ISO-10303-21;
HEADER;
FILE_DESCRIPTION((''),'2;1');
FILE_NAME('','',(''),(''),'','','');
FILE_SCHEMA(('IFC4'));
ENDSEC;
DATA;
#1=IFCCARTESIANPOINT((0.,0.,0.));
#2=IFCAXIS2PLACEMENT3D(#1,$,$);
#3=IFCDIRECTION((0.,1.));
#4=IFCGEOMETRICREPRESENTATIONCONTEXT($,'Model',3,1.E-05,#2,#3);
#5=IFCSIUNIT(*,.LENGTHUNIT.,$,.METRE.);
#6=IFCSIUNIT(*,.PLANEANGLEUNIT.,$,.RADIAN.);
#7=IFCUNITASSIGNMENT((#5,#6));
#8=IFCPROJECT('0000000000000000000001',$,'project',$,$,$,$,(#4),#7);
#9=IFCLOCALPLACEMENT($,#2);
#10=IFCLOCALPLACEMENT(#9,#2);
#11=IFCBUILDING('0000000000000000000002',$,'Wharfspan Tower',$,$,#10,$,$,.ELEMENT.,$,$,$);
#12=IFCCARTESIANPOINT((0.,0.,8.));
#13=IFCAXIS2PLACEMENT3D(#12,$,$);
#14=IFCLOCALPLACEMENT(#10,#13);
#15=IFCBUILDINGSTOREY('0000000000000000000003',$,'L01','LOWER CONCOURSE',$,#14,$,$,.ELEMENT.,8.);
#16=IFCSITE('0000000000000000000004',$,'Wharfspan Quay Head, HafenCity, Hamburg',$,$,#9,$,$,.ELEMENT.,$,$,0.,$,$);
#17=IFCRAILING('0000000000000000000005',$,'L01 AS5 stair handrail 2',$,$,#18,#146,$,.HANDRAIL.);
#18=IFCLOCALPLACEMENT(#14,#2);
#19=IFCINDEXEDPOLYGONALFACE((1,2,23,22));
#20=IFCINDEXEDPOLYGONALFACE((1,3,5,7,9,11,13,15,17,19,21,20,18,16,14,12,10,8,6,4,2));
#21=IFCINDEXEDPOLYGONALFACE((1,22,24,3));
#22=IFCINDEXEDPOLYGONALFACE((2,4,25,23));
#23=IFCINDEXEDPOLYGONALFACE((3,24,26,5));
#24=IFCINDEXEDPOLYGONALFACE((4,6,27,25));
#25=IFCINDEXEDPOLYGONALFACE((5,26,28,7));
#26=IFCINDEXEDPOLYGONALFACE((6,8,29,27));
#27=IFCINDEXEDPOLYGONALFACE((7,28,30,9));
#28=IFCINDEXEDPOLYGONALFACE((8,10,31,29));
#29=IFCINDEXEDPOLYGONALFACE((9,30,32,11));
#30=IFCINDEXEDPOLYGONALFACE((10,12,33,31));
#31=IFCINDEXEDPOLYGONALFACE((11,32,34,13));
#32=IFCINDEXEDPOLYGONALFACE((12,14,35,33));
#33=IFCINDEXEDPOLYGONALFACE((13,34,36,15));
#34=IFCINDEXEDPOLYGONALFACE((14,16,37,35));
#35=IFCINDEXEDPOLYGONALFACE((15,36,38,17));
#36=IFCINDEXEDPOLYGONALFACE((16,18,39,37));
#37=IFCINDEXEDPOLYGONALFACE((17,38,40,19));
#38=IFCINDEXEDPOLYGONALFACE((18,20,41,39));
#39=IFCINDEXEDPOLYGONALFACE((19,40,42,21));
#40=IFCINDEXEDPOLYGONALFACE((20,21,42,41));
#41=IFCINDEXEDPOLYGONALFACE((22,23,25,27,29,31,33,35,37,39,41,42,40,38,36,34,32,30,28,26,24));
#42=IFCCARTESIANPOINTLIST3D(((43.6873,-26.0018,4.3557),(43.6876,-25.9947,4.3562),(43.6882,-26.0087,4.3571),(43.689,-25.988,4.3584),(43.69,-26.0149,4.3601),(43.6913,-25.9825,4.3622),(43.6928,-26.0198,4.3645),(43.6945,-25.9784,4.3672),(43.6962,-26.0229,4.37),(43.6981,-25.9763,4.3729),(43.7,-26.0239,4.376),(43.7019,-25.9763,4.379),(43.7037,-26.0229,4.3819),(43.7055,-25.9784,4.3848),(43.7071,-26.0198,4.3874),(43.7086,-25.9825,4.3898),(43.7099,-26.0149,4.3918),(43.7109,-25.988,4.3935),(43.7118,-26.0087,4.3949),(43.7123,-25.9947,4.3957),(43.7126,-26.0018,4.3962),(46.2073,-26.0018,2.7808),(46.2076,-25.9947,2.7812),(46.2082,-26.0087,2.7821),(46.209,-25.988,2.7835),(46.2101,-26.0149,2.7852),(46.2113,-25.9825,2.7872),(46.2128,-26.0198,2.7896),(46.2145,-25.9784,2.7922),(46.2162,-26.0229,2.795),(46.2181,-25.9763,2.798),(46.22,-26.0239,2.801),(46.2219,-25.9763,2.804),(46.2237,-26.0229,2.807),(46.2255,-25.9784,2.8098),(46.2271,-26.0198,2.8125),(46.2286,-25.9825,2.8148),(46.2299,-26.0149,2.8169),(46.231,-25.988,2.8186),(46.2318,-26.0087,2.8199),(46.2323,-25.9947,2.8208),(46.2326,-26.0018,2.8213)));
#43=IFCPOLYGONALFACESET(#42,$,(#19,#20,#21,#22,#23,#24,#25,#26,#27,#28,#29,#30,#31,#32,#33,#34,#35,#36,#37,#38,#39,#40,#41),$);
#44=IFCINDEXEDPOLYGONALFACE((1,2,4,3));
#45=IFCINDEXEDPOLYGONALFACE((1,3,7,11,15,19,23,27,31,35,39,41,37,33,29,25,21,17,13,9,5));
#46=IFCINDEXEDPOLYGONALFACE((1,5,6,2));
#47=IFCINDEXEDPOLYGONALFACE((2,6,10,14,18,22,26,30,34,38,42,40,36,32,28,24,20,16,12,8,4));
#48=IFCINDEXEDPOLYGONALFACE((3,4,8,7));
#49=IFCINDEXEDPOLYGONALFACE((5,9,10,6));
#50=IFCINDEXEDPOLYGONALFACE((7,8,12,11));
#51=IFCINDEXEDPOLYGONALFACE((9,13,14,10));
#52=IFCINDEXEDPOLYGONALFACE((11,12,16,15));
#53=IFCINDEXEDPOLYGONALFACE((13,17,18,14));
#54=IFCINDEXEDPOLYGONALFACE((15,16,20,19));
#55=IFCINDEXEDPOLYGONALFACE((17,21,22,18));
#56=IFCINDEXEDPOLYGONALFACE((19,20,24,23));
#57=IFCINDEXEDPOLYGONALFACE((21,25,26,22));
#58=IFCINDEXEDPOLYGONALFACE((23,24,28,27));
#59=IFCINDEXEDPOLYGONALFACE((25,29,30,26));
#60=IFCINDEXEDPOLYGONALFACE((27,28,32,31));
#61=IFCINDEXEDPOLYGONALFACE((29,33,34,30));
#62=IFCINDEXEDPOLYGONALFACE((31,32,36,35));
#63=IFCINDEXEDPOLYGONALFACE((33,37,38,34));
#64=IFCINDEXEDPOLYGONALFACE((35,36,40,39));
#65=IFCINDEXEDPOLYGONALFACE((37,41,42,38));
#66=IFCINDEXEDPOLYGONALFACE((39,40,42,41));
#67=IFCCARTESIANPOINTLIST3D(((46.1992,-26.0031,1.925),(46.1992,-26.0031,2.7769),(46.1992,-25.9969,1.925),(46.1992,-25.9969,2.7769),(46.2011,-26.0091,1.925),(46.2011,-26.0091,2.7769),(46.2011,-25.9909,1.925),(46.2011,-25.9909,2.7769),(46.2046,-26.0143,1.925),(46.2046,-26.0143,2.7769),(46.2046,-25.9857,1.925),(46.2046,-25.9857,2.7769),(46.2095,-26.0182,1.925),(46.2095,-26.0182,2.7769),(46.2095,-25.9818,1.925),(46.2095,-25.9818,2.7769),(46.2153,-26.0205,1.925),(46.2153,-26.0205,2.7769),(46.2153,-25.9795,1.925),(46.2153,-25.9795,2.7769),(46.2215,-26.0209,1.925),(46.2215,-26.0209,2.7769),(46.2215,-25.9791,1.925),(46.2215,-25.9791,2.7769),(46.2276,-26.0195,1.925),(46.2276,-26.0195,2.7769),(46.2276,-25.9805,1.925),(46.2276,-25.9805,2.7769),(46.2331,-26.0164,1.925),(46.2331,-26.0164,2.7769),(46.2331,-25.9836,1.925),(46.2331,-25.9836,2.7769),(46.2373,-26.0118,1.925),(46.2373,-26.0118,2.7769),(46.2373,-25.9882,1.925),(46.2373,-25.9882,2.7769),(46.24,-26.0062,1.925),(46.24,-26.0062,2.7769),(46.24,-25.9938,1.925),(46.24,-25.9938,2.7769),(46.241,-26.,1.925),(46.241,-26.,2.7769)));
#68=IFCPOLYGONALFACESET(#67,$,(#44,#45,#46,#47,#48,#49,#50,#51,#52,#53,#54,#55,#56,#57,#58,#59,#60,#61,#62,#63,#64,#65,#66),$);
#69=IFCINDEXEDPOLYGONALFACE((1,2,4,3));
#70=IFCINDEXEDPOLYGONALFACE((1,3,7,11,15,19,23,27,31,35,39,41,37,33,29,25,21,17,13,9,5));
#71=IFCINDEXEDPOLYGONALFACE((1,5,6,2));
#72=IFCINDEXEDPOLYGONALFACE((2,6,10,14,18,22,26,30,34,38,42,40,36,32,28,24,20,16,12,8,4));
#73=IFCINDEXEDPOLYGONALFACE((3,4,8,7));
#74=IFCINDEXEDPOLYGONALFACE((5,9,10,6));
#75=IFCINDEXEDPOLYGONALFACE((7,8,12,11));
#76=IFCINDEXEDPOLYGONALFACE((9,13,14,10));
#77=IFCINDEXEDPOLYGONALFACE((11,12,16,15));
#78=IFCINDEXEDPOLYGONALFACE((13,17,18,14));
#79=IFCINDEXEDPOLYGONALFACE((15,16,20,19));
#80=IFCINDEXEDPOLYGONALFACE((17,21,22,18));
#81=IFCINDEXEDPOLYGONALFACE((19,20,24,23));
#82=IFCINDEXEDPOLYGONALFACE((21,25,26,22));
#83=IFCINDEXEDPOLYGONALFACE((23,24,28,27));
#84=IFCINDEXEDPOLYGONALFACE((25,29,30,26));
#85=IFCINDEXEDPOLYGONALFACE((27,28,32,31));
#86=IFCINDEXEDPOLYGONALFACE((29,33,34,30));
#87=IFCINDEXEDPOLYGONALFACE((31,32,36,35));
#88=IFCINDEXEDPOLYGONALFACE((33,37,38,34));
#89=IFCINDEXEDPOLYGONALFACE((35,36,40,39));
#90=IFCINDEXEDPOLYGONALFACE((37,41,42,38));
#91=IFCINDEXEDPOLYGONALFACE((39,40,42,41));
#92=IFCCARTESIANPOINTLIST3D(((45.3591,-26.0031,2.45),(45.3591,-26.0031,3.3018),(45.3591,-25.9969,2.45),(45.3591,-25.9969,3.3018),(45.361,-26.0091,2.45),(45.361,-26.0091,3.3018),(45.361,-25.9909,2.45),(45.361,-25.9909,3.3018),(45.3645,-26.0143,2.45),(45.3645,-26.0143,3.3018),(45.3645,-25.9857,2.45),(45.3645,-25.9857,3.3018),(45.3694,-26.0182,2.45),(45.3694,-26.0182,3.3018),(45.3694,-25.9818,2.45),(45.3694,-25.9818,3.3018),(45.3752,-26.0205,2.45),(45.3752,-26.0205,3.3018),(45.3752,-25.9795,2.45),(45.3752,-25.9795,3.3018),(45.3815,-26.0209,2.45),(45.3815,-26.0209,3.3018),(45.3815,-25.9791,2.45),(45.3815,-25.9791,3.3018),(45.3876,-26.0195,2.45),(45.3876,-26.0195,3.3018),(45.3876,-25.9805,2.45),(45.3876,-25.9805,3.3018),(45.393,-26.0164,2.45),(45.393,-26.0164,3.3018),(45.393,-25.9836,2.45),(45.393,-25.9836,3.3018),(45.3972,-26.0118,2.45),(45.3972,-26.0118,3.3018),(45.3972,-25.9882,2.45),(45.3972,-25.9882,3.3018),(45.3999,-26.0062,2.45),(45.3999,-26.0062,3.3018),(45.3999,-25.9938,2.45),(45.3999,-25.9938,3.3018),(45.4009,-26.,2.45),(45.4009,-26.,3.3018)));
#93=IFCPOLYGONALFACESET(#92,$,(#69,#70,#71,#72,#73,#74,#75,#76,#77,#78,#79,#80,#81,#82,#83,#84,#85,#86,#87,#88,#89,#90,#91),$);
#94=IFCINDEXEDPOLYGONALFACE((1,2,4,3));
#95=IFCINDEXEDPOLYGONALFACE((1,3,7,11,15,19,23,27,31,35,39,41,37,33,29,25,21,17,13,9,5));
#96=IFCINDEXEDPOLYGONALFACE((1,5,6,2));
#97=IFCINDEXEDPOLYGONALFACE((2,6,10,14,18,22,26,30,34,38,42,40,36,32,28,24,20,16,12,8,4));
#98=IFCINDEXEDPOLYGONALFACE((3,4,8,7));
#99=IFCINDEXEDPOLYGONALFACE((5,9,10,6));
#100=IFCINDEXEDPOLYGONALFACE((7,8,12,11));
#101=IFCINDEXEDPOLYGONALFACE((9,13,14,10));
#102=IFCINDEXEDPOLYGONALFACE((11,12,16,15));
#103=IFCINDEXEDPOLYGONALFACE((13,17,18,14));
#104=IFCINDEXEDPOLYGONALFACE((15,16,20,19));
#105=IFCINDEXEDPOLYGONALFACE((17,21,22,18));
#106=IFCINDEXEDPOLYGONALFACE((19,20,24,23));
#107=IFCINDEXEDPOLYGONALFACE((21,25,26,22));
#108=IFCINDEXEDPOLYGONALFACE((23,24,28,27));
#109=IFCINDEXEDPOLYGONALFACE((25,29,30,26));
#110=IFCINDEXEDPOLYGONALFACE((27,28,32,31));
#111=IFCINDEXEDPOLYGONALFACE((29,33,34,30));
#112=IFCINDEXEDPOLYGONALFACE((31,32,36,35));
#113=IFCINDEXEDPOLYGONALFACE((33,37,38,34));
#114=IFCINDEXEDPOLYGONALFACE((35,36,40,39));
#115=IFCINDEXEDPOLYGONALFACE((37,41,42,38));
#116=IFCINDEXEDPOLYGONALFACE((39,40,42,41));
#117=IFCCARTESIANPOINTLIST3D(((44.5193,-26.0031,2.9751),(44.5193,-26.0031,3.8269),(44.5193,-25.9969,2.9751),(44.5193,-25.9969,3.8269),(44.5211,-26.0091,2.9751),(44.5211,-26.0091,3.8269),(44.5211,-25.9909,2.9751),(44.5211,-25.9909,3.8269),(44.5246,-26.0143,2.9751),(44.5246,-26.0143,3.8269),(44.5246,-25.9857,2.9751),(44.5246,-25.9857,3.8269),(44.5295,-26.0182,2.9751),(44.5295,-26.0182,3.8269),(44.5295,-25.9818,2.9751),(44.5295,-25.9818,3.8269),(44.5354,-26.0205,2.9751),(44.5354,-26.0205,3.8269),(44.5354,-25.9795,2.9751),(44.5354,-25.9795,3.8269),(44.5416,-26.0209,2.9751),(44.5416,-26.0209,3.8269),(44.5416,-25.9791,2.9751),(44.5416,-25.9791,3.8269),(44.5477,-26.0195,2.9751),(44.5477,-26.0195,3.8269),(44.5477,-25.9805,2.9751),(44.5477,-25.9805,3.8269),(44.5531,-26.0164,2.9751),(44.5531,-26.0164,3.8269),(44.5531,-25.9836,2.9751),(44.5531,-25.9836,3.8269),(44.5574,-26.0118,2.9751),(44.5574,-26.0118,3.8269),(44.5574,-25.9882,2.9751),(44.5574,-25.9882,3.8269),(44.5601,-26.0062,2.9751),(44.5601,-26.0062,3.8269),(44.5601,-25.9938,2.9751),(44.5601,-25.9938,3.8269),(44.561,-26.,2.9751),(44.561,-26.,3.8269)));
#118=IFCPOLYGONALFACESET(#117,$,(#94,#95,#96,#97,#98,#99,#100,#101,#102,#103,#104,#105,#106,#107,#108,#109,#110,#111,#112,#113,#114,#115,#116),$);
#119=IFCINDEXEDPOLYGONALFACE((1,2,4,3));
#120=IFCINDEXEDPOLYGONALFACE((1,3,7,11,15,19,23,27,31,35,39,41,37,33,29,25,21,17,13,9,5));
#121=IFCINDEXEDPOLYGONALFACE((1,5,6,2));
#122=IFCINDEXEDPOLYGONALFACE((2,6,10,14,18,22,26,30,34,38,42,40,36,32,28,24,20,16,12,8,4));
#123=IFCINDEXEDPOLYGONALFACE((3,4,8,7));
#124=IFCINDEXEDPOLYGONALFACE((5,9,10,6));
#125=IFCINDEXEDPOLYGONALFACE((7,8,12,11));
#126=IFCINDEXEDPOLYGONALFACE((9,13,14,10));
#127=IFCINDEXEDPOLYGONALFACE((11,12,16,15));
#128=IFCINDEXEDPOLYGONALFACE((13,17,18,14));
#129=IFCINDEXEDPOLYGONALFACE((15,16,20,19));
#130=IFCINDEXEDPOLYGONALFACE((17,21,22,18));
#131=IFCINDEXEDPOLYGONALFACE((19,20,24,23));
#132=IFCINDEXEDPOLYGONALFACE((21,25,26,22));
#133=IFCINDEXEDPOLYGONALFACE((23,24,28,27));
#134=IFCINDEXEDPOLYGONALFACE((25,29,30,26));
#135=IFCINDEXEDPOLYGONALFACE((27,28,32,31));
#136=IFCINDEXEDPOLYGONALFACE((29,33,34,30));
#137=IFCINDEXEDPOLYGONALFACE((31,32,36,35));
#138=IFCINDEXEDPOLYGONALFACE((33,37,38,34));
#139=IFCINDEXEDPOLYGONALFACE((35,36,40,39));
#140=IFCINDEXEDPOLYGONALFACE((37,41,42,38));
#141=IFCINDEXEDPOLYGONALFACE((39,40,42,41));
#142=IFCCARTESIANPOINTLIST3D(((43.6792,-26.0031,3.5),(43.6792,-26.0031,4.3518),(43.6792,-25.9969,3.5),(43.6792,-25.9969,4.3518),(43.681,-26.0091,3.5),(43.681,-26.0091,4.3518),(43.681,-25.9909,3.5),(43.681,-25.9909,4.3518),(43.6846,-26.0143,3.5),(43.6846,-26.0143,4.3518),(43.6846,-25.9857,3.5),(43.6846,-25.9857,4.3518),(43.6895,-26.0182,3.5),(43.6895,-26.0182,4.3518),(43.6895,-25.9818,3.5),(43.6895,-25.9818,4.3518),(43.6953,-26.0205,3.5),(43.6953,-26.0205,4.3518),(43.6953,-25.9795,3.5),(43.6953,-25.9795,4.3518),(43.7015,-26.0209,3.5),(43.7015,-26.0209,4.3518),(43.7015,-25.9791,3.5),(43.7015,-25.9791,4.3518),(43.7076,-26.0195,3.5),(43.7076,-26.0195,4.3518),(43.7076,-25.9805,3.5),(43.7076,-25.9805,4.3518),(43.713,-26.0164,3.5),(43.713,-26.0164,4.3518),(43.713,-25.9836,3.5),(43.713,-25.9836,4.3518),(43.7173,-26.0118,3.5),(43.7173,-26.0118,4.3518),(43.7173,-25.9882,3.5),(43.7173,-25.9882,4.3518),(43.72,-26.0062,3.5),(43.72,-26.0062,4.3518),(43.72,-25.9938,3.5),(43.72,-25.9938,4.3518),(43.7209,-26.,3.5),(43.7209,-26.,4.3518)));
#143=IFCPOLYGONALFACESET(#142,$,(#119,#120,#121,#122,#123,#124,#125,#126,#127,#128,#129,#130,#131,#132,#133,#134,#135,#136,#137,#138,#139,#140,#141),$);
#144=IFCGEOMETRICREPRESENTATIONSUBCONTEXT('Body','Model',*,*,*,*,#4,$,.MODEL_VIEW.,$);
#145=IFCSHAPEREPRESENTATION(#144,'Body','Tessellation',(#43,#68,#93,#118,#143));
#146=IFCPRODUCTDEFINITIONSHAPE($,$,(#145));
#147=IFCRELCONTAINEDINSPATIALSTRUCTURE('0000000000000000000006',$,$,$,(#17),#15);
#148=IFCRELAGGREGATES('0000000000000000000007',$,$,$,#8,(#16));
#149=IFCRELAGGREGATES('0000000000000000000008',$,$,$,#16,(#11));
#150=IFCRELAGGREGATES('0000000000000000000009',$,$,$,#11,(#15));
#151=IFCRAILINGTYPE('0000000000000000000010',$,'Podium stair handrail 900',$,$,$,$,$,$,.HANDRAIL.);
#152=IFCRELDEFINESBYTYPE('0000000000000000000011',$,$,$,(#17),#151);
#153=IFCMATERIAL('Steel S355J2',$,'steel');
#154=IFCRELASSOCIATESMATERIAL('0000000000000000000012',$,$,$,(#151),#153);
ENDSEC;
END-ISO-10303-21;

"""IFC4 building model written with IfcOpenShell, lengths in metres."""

from ifc_helpers import new_model, si_unit, direction, frame, origin, origin_2d, place, context, subcontext, project, spatial, circle, extrude, material, type_object, element, save


model = new_model("IFC4")

# Units and contexts
model_context = context("Model", 3, precision=1e-05, world=origin(), true_north=direction((0.0, 1.0)))
body_context = subcontext(model_context, "Body", "Model", "MODEL_VIEW")
ifc_project = project(units=[si_unit("LENGTHUNIT", "METRE"), si_unit("PLANEANGLEUNIT", "RADIAN")], contexts=[model_context])

# Site, building, storey
site_placement = place(None, origin())
site = spatial("IfcSite", under=ifc_project, at=site_placement, Name="Wharfspan Quay Head, HafenCity, Hamburg", CompositionType="ELEMENT", RefElevation=0.0)
building_placement = place(site_placement, origin())
building = spatial("IfcBuilding", under=site, at=building_placement, Name="Wharfspan Tower", CompositionType="ELEMENT")
storey_placement = place(building_placement, frame((0.0, 0.0, 8.0)))
storey = spatial("IfcBuildingStorey", under=building, at=storey_placement, Name="L01", Description="LOWER CONCOURSE", CompositionType="ELEMENT", Elevation=8.0)

# Railing
ifc_material_1 = material(Name="Steel S355J2", Category="steel")
railing_type_1 = type_object("IfcRailingType", Name="Podium stair handrail 900", PredefinedType="HANDRAIL", material=ifc_material_1)
railing_1_placement = place(storey_placement, frame((46.22, -26.0, 1.925)))
element("IfcRailing", 1, at=railing_1_placement, inside=storey, type_object=railing_type_1, Name="L01 AS5 stair handrail 2", PredefinedType="HANDRAIL", context=body_context, shape_type="SweptSolid", body=[
    extrude(circle(Radius=0.0239, at=origin_2d()), frame((0.0, 0.0, 0.876), z_axis=(-0.848008, 0.0, 0.529984), x_axis=(0.0, -1.0, 0.0)), (0.0, 0.0, 1.0), 2.9717),
    extrude(circle(Radius=0.021, at=origin_2d()), origin(), (0.0, 0.0, 1.0), 0.8518),
    extrude(circle(Radius=0.021, at=origin_2d()), frame((-0.8401, 0.0, 0.5249)), (0.0, 0.0, 1.0), 0.8518),
    extrude(circle(Radius=0.021, at=origin_2d()), frame((-1.6799, 0.0, 1.05)), (0.0, 0.0, 1.0), 0.8518),
    extrude(circle(Radius=0.021, at=origin_2d()), frame((-2.52, 0.0, 1.575)), (0.0, 0.0, 1.0), 0.8518),
])

save(model, "model.ifc")
